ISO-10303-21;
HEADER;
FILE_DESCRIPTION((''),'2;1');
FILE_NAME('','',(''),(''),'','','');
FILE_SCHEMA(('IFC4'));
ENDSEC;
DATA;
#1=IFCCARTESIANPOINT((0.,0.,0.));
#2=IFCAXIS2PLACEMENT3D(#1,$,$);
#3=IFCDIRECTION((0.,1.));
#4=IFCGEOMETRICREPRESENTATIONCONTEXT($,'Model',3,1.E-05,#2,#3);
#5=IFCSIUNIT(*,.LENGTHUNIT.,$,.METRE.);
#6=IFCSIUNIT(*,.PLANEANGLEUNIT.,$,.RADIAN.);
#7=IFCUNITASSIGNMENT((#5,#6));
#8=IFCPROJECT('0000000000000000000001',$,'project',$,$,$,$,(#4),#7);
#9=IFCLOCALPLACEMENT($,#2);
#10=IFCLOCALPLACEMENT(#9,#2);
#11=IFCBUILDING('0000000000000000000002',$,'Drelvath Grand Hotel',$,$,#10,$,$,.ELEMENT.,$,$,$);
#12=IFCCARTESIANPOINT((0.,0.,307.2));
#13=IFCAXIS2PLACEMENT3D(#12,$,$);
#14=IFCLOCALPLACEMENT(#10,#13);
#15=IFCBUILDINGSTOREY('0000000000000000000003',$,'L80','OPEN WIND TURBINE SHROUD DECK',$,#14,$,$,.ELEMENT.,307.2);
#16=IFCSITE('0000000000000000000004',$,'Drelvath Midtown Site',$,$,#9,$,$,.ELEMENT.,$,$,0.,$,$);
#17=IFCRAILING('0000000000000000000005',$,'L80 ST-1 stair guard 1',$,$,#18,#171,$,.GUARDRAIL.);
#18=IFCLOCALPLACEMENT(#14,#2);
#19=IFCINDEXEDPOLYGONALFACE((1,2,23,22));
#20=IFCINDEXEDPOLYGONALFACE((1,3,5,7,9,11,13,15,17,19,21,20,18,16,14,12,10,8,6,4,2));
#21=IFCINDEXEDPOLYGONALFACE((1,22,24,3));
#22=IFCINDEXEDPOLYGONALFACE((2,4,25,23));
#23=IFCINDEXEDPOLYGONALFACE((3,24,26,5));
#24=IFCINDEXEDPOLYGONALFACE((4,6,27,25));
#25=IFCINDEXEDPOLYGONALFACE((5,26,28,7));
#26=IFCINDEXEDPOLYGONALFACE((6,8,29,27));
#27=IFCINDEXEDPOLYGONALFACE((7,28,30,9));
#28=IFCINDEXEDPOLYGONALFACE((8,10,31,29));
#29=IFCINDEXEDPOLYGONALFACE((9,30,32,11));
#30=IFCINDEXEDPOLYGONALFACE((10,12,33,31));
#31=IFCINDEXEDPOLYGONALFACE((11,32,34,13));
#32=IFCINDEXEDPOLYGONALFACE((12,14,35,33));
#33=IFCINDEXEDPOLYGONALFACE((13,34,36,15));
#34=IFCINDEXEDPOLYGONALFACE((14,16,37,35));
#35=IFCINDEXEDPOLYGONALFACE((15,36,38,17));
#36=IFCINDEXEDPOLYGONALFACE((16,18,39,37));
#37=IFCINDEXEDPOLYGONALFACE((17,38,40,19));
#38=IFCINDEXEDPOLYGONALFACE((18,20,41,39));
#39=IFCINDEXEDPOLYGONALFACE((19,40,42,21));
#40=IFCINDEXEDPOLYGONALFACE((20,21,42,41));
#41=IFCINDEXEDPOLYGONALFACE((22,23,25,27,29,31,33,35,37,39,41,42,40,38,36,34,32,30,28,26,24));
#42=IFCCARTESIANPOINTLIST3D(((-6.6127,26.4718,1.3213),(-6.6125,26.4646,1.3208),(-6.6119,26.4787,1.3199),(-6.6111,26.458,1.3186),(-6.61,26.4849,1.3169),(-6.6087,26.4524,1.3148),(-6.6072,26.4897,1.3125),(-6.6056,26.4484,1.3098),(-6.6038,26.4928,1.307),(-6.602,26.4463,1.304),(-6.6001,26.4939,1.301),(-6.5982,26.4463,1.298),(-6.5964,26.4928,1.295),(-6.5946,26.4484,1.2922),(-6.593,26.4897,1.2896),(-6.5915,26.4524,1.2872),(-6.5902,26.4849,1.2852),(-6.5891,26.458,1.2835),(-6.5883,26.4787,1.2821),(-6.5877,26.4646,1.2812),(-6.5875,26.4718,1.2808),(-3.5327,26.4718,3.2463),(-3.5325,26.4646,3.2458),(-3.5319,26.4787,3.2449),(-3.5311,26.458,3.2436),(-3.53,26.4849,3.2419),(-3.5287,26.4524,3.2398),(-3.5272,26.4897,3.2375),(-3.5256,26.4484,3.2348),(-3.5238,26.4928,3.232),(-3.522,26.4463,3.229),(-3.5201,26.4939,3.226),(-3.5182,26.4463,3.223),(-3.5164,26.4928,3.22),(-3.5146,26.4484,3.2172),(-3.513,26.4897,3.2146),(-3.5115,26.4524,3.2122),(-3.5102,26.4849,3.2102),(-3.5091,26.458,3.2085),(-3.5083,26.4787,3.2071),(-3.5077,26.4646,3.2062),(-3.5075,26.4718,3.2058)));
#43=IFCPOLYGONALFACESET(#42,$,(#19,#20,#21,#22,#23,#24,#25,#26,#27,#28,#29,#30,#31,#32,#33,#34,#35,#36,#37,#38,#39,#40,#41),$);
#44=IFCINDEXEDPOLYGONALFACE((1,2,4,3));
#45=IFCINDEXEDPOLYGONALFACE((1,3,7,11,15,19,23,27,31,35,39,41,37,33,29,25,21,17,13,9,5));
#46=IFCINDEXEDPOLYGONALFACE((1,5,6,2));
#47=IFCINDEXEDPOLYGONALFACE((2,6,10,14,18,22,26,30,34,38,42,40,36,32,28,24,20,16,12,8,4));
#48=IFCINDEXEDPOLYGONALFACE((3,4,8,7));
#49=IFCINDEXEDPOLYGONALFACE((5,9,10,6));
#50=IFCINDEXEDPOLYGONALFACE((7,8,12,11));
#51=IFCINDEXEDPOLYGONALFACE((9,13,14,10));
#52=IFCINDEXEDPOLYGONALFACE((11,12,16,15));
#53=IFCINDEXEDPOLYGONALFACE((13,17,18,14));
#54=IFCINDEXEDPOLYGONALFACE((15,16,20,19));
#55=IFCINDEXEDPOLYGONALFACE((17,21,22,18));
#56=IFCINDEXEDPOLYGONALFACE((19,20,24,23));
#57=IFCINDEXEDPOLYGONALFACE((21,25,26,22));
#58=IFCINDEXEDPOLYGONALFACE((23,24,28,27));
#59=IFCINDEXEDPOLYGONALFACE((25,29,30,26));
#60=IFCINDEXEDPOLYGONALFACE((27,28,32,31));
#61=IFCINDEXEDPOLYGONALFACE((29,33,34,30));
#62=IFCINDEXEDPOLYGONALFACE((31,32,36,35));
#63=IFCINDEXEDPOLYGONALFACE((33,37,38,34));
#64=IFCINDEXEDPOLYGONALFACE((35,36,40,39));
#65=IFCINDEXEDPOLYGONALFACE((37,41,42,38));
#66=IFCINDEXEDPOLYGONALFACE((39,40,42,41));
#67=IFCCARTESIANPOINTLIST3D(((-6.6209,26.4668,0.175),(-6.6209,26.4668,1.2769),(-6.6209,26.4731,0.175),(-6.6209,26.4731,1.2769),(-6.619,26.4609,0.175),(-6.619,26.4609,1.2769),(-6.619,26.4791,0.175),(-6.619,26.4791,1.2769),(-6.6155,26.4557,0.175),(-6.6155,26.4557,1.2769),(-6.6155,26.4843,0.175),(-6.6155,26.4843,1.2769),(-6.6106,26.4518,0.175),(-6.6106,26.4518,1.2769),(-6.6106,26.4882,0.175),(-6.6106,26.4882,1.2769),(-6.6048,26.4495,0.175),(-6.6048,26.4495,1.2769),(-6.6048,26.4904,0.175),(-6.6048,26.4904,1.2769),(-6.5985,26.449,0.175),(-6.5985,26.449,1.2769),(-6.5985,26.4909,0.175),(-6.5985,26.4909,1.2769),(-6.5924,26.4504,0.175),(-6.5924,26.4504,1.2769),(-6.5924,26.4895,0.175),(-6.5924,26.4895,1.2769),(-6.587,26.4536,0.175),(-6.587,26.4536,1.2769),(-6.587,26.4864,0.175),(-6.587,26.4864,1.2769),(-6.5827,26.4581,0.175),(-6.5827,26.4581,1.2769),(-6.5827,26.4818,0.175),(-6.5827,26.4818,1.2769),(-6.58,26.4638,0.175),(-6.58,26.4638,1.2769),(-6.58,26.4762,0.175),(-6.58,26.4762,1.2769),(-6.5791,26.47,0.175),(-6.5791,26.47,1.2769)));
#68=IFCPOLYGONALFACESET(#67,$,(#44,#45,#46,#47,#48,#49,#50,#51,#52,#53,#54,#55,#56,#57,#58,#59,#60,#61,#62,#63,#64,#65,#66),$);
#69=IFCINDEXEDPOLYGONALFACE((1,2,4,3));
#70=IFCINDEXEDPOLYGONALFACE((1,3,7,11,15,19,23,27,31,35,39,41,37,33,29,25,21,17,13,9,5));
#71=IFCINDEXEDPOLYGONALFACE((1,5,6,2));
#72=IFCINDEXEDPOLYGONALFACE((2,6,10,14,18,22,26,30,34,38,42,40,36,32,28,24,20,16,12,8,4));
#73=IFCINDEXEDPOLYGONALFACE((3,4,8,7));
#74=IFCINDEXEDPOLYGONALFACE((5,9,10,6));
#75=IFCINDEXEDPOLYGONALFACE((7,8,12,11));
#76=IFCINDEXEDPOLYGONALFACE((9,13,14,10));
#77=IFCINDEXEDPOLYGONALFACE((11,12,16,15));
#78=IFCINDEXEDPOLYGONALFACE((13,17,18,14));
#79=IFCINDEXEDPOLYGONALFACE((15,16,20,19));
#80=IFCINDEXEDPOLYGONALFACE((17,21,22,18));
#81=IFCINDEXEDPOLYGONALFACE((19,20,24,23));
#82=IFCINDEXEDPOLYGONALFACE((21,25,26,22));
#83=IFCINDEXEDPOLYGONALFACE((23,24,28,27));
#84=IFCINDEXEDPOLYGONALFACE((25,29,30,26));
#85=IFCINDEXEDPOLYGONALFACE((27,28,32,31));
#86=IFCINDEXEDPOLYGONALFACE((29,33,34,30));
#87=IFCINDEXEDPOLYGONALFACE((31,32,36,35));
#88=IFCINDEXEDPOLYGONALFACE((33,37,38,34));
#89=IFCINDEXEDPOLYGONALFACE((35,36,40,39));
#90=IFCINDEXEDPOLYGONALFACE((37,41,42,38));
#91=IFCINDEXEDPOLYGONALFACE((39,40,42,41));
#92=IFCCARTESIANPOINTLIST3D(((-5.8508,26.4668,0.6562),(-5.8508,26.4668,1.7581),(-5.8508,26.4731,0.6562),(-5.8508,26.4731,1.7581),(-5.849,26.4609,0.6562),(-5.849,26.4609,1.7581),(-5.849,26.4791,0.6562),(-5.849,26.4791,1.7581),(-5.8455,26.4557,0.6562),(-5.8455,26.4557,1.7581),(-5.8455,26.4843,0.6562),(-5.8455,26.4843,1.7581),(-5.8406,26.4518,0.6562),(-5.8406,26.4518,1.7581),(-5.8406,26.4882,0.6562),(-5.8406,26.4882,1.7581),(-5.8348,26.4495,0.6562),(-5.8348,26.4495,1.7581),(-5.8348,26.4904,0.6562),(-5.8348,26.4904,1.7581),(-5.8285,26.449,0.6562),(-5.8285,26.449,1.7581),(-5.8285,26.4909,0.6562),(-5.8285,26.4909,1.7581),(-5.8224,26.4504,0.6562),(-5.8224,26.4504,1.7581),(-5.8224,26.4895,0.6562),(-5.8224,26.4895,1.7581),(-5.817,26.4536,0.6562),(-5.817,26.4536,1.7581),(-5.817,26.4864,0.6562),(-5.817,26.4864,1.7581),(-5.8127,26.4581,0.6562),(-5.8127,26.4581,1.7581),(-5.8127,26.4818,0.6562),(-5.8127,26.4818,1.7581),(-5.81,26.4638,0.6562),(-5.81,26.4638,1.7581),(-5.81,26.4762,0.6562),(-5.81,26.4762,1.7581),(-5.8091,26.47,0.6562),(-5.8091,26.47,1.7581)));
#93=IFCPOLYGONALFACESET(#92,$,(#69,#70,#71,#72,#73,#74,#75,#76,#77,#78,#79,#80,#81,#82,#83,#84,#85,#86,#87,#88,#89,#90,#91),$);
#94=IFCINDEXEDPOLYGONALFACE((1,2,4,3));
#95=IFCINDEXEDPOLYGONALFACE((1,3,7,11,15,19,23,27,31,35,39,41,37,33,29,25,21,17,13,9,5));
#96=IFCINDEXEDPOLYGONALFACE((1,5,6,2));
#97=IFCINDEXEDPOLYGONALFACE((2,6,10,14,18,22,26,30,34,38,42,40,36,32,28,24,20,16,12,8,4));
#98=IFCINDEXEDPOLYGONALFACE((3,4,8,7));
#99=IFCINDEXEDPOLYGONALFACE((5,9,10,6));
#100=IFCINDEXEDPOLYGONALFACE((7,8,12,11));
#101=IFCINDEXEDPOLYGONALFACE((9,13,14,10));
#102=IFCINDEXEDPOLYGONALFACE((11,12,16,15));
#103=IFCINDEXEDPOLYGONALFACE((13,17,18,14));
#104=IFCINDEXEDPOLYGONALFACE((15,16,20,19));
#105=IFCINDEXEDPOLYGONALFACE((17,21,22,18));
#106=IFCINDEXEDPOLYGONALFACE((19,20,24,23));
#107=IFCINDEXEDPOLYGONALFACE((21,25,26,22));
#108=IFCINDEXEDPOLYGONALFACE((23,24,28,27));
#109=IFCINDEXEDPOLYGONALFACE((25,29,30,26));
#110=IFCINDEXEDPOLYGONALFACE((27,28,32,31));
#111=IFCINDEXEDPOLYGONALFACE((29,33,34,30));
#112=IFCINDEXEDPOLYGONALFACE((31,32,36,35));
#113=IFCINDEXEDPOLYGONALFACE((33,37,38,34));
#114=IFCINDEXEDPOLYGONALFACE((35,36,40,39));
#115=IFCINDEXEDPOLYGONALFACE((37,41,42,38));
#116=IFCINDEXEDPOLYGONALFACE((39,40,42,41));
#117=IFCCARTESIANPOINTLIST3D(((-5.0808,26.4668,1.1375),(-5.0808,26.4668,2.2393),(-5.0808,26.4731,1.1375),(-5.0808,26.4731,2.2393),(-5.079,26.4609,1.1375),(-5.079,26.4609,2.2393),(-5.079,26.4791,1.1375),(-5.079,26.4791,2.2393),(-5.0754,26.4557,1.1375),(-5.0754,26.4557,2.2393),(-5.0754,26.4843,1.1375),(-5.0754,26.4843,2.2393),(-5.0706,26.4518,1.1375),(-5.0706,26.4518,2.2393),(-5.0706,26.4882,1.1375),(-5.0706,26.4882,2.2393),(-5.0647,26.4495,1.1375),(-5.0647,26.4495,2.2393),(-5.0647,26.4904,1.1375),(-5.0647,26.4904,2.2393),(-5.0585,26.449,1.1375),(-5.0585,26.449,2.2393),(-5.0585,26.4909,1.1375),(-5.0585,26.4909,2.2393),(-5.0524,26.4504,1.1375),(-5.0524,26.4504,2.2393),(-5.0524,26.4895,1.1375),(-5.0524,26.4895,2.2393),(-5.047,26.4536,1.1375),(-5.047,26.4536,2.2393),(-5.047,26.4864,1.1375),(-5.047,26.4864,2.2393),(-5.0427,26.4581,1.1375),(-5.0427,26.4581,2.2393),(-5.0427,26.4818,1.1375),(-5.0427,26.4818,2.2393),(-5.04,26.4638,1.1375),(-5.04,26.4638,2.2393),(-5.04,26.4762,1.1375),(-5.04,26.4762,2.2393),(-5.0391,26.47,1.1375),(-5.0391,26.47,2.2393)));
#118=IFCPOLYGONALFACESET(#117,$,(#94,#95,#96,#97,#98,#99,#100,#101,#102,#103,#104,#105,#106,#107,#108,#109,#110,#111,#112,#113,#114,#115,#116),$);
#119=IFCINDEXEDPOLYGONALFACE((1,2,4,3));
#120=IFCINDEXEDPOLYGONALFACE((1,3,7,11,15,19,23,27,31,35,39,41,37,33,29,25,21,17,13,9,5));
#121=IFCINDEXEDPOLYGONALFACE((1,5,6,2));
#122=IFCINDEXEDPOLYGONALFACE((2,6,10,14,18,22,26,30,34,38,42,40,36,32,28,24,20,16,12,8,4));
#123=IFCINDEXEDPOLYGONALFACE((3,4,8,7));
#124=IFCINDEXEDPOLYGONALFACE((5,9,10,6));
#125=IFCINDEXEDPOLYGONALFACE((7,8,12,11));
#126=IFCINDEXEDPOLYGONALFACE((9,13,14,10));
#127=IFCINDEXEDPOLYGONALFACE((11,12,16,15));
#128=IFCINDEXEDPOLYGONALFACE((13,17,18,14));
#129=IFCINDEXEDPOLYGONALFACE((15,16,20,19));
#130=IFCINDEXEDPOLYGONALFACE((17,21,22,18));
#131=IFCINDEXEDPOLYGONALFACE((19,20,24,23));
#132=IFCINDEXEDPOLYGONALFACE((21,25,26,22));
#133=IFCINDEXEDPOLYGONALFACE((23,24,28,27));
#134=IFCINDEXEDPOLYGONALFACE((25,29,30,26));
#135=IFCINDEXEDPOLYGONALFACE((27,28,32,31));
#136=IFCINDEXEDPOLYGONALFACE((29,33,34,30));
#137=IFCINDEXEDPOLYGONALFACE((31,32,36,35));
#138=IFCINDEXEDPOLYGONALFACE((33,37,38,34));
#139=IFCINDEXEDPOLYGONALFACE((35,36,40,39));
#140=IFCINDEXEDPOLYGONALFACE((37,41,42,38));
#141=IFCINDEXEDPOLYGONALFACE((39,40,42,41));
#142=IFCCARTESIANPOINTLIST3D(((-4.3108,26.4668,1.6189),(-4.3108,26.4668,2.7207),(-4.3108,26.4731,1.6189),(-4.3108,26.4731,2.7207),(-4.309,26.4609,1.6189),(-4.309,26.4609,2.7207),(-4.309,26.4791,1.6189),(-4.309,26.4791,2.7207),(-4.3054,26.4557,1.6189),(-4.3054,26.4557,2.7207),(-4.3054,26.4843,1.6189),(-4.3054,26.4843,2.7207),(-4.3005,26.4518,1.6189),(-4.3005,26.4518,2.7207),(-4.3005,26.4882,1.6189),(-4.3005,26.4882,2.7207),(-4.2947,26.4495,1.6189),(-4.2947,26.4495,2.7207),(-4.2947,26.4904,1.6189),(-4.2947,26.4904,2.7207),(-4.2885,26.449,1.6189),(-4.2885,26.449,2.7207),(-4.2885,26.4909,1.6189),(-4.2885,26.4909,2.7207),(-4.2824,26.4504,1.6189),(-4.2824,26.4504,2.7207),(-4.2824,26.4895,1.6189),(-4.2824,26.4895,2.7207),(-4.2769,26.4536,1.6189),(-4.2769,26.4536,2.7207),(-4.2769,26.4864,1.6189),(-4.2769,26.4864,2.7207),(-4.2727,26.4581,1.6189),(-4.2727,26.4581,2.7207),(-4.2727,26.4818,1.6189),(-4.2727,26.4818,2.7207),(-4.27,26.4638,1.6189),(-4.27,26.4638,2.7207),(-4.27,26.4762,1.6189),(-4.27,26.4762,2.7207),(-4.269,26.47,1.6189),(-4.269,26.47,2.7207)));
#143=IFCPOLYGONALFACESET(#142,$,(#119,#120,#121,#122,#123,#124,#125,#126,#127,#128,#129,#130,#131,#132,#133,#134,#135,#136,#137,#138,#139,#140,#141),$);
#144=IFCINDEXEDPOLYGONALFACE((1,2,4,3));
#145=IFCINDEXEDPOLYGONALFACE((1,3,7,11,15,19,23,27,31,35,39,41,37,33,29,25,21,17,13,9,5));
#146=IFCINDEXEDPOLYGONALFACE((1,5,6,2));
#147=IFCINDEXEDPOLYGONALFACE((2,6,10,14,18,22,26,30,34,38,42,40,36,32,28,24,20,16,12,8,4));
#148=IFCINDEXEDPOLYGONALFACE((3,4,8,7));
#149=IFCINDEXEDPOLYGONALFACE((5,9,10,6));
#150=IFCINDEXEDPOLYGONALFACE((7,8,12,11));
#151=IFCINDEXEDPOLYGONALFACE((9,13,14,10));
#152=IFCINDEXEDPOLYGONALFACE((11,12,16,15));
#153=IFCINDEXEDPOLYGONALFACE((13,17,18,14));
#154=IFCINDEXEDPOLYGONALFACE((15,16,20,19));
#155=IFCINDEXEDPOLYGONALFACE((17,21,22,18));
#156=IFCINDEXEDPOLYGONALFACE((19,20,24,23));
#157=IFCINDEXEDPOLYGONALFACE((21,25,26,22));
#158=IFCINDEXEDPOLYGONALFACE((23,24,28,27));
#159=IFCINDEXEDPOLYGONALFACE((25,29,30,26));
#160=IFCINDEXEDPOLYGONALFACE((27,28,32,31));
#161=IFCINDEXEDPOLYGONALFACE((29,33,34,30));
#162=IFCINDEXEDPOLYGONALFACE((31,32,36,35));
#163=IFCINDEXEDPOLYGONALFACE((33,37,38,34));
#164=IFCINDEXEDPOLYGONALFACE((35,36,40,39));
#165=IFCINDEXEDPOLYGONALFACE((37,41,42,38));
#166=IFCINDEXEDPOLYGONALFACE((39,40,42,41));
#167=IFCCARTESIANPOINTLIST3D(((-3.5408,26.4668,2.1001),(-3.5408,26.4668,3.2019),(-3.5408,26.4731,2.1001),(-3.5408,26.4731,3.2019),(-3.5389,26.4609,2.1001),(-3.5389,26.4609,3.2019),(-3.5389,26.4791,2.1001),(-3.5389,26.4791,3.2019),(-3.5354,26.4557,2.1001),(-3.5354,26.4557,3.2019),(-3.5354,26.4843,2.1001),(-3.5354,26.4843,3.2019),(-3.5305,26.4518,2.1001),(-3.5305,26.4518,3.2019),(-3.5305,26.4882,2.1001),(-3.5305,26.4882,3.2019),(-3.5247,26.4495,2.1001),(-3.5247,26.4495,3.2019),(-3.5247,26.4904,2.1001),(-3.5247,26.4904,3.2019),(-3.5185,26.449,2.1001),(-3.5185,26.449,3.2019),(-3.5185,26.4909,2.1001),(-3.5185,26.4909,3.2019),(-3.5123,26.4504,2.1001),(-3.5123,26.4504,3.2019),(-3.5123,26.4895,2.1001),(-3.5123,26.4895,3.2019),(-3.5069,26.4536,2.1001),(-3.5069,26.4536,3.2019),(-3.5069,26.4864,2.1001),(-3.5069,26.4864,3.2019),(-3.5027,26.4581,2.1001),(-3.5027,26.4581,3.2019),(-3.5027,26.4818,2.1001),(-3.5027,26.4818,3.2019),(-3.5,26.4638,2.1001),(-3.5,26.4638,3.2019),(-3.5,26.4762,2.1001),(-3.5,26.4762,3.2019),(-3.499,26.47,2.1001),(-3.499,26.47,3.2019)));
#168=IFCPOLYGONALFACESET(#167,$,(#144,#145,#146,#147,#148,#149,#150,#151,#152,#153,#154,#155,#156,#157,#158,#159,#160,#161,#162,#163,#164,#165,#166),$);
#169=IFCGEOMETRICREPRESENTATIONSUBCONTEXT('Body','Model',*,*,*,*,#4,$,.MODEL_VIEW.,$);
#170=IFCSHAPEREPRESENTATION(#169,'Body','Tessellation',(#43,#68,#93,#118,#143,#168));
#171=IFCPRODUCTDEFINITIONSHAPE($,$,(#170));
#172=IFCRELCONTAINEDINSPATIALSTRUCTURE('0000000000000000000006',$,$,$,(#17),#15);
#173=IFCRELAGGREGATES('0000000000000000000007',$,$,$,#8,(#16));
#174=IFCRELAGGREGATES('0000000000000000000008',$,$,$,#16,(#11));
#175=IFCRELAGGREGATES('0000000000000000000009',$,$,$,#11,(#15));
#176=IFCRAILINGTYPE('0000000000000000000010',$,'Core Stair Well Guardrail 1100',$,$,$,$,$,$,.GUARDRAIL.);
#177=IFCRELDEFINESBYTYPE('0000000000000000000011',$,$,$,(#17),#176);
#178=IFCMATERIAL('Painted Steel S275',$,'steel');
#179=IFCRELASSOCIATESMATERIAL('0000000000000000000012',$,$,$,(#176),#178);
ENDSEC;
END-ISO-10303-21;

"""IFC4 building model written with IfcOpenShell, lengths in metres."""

from ifc_helpers import new_model, si_unit, direction, frame, origin, origin_2d, place, context, subcontext, project, spatial, circle, extrude, material, type_object, element, save


model = new_model("IFC4")

# Units and contexts
model_context = context("Model", 3, precision=1e-05, world=origin(), true_north=direction((0.0, 1.0)))
body_context = subcontext(model_context, "Body", "Model", "MODEL_VIEW")
ifc_project = project(units=[si_unit("LENGTHUNIT", "METRE"), si_unit("PLANEANGLEUNIT", "RADIAN")], contexts=[model_context])

# Site, building, storey
site_placement = place(None, origin())
site = spatial("IfcSite", under=ifc_project, at=site_placement, Name="Drelvath Midtown Site", CompositionType="ELEMENT", RefElevation=0.0)
building_placement = place(site_placement, origin())
building = spatial("IfcBuilding", under=site, at=building_placement, Name="Drelvath Grand Hotel", CompositionType="ELEMENT")
storey_placement = place(building_placement, frame((0.0, 0.0, 307.2)))
storey = spatial("IfcBuildingStorey", under=building, at=storey_placement, Name="L80", Description="OPEN WIND TURBINE SHROUD DECK", CompositionType="ELEMENT", Elevation=307.2)

# Shared definitions
ifc_material_1 = material(Name="Painted Steel S275", Category="steel")

# Railing
railing_type_1 = type_object("IfcRailingType", Name="Core Stair Well Guardrail 1100", PredefinedType="GUARDRAIL", material=ifc_material_1)
railing_1_placement = place(storey_placement, frame((-6.6001, 26.47, 0.175)))
element("IfcRailing", 1, at=railing_1_placement, inside=storey, type_object=railing_type_1, Name="L80 ST-1 stair guard 1", PredefinedType="GUARDRAIL", context=body_context, shape_type="SweptSolid", body=[
    extrude(circle(Radius=0.0239, at=origin_2d()), frame((0.0, 0.0, 1.126), z_axis=(0.847998, 0.0, 0.529999), x_axis=(0.0, 1.0, 0.0)), (0.0, 0.0, 1.0), 3.6321),
    extrude(circle(Radius=0.021, at=origin_2d()), origin(), (0.0, 0.0, 1.0), 1.1018),
    extrude(circle(Radius=0.021, at=origin_2d()), frame((0.77, 0.0, 0.4812)), (0.0, 0.0, 1.0), 1.1018),
    extrude(circle(Radius=0.021, at=origin_2d()), frame((1.54, 0.0, 0.9624)), (0.0, 0.0, 1.0), 1.1018),
    extrude(circle(Radius=0.021, at=origin_2d()), frame((2.3101, 0.0, 1.4438)), (0.0, 0.0, 1.0), 1.1018),
    extrude(circle(Radius=0.021, at=origin_2d()), frame((3.0801, 0.0, 1.925)), (0.0, 0.0, 1.0), 1.1018),
])

save(model, "model.ifc")
